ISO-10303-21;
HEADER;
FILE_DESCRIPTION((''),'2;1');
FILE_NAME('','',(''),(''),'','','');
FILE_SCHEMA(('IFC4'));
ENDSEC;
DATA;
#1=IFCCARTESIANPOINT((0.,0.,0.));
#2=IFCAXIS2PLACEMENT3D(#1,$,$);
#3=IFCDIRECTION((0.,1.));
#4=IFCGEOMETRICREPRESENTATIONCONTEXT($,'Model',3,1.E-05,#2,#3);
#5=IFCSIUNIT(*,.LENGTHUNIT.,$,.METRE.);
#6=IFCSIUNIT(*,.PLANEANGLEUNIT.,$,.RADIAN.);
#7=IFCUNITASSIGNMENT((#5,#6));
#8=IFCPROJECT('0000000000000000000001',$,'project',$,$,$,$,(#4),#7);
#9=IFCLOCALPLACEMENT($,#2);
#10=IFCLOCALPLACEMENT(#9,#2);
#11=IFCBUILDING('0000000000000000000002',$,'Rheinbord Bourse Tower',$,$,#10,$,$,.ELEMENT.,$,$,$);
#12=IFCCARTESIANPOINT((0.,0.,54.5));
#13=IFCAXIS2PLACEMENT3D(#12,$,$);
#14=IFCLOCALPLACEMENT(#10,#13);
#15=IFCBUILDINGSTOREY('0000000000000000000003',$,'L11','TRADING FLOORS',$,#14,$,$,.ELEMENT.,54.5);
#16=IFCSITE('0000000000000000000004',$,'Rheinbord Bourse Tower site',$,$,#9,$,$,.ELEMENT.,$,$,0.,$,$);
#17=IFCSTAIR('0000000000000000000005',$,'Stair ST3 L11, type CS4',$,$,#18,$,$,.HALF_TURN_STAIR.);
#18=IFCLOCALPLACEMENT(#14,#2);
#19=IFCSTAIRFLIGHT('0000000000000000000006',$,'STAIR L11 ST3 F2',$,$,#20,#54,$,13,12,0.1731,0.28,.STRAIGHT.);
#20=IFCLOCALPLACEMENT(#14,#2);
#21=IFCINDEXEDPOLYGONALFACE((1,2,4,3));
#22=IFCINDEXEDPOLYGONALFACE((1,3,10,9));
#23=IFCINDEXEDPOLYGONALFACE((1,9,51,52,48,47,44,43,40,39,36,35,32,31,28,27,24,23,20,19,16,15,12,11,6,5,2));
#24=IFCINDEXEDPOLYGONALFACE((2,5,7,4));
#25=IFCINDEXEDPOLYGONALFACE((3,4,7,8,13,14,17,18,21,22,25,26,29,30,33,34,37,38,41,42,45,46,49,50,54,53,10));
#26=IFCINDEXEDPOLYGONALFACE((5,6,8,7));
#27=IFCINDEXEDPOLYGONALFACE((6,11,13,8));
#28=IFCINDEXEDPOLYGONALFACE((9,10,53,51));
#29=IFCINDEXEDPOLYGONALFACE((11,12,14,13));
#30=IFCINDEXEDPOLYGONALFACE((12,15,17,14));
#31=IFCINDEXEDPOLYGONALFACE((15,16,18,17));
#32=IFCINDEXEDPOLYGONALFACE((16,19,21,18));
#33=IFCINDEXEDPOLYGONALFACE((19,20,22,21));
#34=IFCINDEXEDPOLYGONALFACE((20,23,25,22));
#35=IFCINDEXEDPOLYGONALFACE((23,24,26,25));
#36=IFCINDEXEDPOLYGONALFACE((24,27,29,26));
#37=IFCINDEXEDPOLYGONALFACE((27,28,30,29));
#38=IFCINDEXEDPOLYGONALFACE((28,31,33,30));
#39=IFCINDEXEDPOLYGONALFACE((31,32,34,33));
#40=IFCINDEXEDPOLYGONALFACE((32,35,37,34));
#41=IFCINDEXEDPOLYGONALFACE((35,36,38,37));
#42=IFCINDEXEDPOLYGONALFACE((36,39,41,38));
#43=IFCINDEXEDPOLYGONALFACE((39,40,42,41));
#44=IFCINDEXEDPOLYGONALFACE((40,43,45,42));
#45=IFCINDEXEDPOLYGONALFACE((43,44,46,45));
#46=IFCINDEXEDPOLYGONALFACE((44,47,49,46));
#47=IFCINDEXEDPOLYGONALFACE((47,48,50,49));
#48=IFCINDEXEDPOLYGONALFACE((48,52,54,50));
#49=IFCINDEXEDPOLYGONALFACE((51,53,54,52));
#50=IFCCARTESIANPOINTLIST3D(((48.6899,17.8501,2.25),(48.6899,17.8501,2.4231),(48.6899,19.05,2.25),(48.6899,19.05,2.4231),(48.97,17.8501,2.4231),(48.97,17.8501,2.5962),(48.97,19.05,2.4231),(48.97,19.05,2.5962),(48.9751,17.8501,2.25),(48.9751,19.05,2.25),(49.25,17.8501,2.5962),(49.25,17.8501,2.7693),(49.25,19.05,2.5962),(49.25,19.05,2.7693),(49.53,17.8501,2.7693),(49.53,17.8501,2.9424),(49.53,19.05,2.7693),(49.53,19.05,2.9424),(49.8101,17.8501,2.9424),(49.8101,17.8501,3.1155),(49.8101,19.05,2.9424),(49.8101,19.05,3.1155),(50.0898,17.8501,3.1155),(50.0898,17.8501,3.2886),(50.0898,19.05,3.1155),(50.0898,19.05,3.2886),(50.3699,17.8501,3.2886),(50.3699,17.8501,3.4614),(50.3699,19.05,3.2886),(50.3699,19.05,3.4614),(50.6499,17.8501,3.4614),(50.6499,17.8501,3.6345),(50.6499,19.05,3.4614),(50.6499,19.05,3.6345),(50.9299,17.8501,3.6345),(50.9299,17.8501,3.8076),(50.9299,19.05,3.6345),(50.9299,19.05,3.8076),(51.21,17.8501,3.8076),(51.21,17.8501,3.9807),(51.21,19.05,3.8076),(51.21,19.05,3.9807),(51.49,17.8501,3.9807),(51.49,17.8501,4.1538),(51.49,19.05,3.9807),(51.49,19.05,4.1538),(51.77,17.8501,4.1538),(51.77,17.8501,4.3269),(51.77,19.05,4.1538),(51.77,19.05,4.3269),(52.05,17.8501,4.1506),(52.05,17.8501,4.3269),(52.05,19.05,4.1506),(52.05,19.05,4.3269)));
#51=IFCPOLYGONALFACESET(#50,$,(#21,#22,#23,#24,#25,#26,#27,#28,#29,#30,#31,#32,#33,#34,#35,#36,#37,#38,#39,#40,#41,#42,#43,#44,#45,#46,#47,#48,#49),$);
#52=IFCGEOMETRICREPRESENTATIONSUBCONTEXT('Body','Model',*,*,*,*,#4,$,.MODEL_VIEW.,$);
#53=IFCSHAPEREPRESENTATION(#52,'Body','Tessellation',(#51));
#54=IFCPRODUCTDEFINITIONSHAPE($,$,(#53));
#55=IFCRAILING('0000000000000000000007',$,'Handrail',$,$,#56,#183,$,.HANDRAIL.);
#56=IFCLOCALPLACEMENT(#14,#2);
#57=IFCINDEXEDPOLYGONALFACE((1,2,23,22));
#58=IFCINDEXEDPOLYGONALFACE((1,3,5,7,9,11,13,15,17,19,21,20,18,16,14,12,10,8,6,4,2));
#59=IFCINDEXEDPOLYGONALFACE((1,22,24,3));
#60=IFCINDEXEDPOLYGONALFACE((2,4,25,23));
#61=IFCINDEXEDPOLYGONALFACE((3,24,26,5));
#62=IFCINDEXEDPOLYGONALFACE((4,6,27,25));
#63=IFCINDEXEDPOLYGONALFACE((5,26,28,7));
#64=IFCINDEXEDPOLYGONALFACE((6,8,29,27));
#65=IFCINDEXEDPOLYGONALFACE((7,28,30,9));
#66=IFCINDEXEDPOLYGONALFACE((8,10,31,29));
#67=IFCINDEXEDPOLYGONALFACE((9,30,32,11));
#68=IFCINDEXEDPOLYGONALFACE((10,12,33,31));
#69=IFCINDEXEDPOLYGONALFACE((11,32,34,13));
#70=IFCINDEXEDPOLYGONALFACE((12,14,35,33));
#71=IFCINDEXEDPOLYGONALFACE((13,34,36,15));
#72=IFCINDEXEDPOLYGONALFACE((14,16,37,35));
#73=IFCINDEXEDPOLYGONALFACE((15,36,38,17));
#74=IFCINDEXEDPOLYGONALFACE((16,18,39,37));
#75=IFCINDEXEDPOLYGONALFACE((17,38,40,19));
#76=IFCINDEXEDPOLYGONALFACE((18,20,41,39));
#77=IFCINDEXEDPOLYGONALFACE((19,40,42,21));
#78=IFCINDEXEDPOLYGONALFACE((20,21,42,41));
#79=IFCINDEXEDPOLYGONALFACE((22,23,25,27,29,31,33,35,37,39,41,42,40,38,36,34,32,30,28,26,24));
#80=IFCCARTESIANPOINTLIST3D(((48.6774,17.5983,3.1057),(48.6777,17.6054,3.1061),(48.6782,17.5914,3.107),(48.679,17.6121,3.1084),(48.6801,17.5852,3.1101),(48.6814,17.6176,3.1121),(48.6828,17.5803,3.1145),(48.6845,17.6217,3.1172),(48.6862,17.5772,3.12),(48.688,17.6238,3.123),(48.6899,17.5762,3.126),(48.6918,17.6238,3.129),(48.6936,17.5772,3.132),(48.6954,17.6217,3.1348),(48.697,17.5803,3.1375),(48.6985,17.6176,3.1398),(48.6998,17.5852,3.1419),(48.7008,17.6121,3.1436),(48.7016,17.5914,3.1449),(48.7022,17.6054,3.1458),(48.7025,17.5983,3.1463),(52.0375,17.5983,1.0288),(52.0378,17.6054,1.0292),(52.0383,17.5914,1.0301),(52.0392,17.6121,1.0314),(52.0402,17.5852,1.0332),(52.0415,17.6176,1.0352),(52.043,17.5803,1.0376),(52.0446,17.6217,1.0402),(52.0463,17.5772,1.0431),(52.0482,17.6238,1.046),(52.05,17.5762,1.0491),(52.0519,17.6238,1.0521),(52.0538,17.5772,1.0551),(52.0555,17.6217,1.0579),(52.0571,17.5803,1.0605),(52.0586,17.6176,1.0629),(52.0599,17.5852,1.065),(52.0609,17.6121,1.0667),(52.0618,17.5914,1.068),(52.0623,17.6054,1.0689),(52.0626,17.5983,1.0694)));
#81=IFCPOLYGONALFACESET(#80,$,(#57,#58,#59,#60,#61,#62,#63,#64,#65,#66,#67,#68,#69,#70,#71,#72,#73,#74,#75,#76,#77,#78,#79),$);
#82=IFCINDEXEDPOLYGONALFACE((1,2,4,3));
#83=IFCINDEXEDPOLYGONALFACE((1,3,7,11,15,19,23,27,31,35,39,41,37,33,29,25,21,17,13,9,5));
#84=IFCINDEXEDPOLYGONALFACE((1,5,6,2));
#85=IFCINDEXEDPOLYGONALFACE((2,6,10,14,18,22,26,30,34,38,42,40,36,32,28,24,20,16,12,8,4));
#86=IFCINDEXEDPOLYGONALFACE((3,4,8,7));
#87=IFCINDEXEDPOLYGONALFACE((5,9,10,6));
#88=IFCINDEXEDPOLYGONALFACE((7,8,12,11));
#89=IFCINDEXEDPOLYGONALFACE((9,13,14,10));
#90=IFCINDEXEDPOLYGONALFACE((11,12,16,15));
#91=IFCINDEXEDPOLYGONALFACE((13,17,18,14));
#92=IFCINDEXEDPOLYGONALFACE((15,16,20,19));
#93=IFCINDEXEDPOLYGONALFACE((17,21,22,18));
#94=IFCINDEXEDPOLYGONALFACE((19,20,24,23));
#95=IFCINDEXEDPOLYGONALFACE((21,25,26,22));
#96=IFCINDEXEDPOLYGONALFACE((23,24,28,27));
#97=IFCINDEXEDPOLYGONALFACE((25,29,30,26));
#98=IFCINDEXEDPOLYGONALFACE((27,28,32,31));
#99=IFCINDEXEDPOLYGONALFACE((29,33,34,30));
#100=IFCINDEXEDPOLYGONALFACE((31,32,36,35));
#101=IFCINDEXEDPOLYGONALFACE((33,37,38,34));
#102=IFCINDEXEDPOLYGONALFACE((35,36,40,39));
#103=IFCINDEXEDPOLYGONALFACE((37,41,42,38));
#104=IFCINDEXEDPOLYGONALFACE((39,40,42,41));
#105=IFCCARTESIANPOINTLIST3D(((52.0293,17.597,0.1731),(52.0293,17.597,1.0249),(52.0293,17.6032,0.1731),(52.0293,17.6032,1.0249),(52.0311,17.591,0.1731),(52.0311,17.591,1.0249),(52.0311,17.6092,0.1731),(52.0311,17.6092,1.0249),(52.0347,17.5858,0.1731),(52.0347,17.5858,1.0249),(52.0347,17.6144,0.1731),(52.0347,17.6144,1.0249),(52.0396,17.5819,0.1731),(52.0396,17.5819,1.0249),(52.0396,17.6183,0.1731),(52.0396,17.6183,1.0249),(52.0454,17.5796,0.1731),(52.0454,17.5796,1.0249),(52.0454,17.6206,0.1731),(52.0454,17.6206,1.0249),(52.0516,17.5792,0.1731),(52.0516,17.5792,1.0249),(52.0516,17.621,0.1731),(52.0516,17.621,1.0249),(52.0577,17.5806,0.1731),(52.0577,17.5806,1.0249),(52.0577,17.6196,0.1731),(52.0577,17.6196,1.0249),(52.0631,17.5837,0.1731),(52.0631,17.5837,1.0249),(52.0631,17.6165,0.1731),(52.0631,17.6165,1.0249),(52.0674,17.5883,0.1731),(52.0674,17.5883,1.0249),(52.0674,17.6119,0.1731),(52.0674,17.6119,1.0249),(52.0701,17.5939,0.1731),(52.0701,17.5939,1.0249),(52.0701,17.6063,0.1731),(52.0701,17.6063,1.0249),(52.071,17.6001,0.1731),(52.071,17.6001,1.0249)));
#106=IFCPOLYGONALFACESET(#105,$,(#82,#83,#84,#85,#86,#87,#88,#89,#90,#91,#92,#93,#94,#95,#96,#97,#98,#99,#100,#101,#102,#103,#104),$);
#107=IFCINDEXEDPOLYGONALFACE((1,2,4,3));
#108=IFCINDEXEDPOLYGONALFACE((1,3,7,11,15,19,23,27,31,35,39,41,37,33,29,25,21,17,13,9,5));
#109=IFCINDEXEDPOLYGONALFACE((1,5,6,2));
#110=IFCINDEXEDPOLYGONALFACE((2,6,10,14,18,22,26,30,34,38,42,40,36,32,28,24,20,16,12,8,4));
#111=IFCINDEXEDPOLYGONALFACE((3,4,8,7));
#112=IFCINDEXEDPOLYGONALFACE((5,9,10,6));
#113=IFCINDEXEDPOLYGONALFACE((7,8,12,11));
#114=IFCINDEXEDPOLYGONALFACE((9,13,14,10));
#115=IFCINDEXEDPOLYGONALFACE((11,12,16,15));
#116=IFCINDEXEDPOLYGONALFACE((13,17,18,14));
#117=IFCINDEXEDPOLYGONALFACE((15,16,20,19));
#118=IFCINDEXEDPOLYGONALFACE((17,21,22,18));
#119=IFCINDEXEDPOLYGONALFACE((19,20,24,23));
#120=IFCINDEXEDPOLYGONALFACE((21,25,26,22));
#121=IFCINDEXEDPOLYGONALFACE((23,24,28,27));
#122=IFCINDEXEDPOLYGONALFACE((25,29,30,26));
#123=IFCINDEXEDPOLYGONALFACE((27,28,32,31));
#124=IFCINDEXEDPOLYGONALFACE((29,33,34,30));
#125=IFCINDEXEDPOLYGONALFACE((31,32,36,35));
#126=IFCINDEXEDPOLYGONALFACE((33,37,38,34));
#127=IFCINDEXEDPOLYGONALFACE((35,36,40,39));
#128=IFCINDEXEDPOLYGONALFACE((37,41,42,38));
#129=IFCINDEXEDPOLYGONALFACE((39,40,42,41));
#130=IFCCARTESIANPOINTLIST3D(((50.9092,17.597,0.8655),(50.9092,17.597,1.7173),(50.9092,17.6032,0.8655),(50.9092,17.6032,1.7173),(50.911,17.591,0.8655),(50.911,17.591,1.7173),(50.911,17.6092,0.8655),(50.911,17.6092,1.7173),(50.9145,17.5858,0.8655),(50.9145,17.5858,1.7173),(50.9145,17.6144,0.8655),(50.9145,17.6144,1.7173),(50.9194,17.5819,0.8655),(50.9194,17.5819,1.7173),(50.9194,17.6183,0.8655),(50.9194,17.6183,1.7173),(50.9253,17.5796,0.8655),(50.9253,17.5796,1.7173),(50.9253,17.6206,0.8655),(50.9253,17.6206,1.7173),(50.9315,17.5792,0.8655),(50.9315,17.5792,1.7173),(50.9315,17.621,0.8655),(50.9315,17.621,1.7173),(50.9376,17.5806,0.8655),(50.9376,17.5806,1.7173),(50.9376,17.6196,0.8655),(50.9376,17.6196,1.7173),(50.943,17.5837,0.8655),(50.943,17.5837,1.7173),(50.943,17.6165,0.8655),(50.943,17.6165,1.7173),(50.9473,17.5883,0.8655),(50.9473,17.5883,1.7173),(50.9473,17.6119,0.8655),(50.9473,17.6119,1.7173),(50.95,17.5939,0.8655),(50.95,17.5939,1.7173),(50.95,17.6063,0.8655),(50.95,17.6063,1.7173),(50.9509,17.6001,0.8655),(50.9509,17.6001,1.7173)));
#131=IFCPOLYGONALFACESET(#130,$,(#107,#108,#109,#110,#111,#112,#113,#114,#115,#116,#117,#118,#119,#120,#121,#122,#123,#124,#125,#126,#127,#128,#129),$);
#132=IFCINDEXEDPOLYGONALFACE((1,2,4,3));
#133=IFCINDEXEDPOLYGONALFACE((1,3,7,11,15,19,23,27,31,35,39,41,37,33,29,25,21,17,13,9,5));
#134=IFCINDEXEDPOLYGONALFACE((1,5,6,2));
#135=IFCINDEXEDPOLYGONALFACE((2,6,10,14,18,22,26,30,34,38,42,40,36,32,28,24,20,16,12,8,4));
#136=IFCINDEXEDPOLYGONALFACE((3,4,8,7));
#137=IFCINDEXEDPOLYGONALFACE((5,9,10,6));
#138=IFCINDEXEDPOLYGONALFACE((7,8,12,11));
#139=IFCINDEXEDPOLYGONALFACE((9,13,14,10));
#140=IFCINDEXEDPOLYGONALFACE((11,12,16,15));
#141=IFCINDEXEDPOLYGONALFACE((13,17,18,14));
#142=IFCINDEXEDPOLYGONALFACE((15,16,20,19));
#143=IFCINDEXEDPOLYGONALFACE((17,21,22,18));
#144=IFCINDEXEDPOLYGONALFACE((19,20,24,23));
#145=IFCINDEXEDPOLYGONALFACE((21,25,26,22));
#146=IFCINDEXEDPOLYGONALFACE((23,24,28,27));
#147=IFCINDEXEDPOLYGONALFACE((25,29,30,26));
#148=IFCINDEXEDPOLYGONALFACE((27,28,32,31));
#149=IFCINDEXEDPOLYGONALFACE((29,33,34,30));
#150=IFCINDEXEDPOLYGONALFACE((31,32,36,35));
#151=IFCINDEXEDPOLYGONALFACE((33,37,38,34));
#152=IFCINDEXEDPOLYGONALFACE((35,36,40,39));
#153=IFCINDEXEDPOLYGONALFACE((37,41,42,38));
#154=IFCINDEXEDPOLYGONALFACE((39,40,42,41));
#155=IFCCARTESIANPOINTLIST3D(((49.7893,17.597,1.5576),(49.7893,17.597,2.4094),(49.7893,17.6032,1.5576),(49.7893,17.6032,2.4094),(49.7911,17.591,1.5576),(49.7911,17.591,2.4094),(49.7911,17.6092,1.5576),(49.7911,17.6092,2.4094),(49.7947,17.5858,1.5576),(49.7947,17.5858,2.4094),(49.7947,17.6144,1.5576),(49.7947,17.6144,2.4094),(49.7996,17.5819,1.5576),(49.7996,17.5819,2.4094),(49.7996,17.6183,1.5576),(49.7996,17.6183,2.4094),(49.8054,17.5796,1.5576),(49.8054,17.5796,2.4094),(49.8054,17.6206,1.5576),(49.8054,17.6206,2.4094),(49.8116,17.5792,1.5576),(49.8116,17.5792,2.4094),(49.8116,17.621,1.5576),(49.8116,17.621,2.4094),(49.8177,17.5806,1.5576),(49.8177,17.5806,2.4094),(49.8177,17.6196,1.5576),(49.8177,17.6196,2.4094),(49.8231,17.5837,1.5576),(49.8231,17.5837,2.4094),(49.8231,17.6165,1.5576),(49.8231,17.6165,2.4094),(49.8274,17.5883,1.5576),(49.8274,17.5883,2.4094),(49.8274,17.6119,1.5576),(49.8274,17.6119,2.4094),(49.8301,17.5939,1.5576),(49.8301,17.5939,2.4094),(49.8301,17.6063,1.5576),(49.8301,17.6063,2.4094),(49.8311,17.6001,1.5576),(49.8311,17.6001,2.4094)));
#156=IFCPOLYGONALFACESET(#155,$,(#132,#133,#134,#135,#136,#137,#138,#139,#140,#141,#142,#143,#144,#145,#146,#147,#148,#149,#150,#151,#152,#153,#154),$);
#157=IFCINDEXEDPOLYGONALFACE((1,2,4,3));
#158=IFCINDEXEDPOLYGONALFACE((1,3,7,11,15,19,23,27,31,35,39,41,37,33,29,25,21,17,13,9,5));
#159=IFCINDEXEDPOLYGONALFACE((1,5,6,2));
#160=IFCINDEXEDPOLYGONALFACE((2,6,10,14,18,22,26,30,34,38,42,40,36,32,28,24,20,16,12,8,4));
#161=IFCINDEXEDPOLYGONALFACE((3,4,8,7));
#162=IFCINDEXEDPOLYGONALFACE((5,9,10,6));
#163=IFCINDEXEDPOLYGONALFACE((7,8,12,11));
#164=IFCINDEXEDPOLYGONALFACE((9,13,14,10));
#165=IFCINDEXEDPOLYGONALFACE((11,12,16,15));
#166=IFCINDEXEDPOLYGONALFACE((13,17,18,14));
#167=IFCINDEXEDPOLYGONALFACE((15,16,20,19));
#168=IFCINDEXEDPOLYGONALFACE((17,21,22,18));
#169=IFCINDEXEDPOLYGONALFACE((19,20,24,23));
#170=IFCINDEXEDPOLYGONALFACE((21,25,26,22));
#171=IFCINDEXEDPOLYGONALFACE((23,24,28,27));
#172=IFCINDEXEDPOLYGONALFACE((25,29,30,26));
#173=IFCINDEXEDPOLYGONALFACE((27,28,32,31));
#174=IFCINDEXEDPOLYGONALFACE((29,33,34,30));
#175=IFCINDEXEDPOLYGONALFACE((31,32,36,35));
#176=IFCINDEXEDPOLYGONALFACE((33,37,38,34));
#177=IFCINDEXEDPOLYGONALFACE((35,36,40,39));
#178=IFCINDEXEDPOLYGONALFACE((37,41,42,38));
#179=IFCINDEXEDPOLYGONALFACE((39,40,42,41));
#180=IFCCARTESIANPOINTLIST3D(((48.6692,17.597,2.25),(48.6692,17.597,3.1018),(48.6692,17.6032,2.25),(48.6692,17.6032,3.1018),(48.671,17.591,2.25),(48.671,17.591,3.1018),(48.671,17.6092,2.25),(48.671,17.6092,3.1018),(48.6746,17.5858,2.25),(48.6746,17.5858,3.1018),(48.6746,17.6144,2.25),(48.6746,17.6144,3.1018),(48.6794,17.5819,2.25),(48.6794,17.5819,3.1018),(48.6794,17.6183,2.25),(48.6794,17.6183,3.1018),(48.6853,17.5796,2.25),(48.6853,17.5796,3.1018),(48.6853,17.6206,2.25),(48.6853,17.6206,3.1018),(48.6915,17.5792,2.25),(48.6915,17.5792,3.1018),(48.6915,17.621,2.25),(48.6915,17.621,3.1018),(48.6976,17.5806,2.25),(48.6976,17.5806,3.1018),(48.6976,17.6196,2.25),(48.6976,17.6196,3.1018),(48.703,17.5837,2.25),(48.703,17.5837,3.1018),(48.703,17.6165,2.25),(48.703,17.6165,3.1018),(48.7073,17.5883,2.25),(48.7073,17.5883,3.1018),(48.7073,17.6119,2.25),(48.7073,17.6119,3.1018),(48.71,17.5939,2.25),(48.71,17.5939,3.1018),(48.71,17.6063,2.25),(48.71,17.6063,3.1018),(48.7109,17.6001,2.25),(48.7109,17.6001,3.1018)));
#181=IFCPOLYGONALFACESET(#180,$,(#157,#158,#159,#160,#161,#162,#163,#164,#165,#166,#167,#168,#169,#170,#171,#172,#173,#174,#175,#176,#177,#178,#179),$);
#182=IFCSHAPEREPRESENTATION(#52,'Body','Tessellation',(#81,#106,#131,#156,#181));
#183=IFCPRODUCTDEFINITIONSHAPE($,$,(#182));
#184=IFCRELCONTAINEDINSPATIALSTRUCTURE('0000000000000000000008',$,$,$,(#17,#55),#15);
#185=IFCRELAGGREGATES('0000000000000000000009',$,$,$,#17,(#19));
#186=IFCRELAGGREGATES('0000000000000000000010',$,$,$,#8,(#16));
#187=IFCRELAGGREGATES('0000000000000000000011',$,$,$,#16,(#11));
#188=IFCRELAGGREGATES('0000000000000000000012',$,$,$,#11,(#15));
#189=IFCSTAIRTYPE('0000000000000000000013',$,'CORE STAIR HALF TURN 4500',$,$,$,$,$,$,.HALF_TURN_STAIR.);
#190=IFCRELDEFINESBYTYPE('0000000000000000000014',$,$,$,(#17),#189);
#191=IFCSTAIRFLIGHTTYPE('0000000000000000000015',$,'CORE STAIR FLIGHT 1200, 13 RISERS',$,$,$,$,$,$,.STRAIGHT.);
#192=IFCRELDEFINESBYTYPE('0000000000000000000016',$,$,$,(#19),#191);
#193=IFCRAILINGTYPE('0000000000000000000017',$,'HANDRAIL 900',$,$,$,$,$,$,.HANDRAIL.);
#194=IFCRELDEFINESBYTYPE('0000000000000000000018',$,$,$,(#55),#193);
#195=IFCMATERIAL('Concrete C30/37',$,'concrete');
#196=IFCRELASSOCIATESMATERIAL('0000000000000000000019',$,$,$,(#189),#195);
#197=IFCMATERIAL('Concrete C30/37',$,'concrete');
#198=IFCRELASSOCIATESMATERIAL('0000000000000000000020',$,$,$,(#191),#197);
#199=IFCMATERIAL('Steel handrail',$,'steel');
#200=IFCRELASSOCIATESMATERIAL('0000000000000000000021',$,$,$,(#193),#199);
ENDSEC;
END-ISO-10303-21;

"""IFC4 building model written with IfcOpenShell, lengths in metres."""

from ifc_helpers import new_model, si_unit, direction, frame, origin, origin_2d, place, context, subcontext, project, spatial, polyline, circle, outline, extrude, material, type_object, element, aggregate, save


model = new_model("IFC4")

# Units and contexts
model_context = context("Model", 3, precision=1e-05, world=origin(), true_north=direction((0.0, 1.0)))
body_context = subcontext(model_context, "Body", "Model", "MODEL_VIEW")
ifc_project = project(units=[si_unit("LENGTHUNIT", "METRE"), si_unit("PLANEANGLEUNIT", "RADIAN")], contexts=[model_context])

# Site, building, storey
site_placement = place(None, origin())
site = spatial("IfcSite", under=ifc_project, at=site_placement, Name="Rheinbord Bourse Tower site", CompositionType="ELEMENT", RefElevation=0.0)
building_placement = place(site_placement, origin())
building = spatial("IfcBuilding", under=site, at=building_placement, Name="Rheinbord Bourse Tower", CompositionType="ELEMENT")
storey_placement = place(building_placement, frame((0.0, 0.0, 54.5)))
storey = spatial("IfcBuildingStorey", under=building, at=storey_placement, Name="L11", Description="TRADING FLOORS", CompositionType="ELEMENT", Elevation=54.5)

# Stair, stair flight
ifc_material_1 = material(Name="Concrete C30/37", Category="concrete")
stair_type = type_object("IfcStairType", Name="CORE STAIR HALF TURN 4500", PredefinedType="HALF_TURN_STAIR", material=ifc_material_1)
stair_placement = place(storey_placement, origin())
stair = element("IfcStair", 1, at=stair_placement, inside=storey, type_object=stair_type, Name="Stair ST3 L11, type CS4", PredefinedType="HALF_TURN_STAIR")
ifc_material_2 = material(Name="Concrete C30/37", Category="concrete")
stair_flight_type = type_object("IfcStairFlightType", Name="CORE STAIR FLIGHT 1200, 13 RISERS", PredefinedType="STRAIGHT", material=ifc_material_2)
stair_flight_1_placement = place(storey_placement, frame((48.6899, 18.45, 2.25), z_axis=(0.0, 0.0, 1.0), x_axis=(1.0, 0.0, 0.0)))
stair_flight_1 = element("IfcStairFlight", 2, at=stair_flight_1_placement, type_object=stair_flight_type, Name="STAIR L11 ST3 F2", NumberOfRisers=13, NumberOfTreads=12, PredefinedType="STRAIGHT", RiserHeight=0.1731, TreadLength=0.28, context=body_context, shape_type="SweptSolid", body=[
    extrude(outline(polyline([(0.0, 0.0), (0.0, 0.1731), (0.28, 0.1731), (0.28, 0.3462), (0.5601, 0.3462), (0.5601, 0.5193), (0.8401, 0.5193), (0.8401, 0.6924), (1.1201, 0.6924), (1.1201, 0.8655), (1.3999, 0.8655), (1.3999, 1.0386), (1.6799, 1.0386), (1.6799, 1.2114), (1.96, 1.2114), (1.96, 1.3845), (2.24, 1.3845), (2.24, 1.5576), (2.52, 1.5576), (2.52, 1.7307), (2.8, 1.7307), (2.8, 1.9038), (3.0801, 1.9038), (3.0801, 2.0769), (3.3601, 2.0769), (3.3601, 2.25), (3.3601, 1.9006), (0.2852, 0.0), (0.0, 0.0)])), frame((0.0, 0.6001, 0.0), z_axis=(0.0, -1.0, 0.0), x_axis=(1.0, 0.0, 0.0)), (0.0, 0.0, 1.0), 1.2),
])
aggregate(stair, [stair_flight_1])

# Railing
ifc_material_3 = material(Name="Steel handrail", Category="steel")
railing_type = type_object("IfcRailingType", Name="HANDRAIL 900", PredefinedType="HANDRAIL", material=ifc_material_3)
railing_1_placement = place(storey_placement, frame((52.05, 17.6001, 0.1731)))
element("IfcRailing", 3, at=railing_1_placement, inside=storey, type_object=railing_type, Name="Handrail", PredefinedType="HANDRAIL", context=body_context, shape_type="SweptSolid", body=[
    extrude(circle(Radius=0.0239, at=origin_2d()), frame((0.0, 0.0, 0.876), z_axis=(-0.850623, 0.0, 0.525776), x_axis=(0.0, -1.0, 0.0)), (0.0, 0.0, 1.0), 3.9502),
    extrude(circle(Radius=0.021, at=origin_2d()), origin(), (0.0, 0.0, 1.0), 0.8518),
    extrude(circle(Radius=0.021, at=origin_2d()), frame((-1.1201, 0.0, 0.6924)), (0.0, 0.0, 1.0), 0.8518),
    extrude(circle(Radius=0.021, at=origin_2d()), frame((-2.24, 0.0, 1.3845)), (0.0, 0.0, 1.0), 0.8518),
    extrude(circle(Radius=0.021, at=origin_2d()), frame((-3.3601, 0.0, 2.0769)), (0.0, 0.0, 1.0), 0.8518),
])

save(model, "model.ifc")
